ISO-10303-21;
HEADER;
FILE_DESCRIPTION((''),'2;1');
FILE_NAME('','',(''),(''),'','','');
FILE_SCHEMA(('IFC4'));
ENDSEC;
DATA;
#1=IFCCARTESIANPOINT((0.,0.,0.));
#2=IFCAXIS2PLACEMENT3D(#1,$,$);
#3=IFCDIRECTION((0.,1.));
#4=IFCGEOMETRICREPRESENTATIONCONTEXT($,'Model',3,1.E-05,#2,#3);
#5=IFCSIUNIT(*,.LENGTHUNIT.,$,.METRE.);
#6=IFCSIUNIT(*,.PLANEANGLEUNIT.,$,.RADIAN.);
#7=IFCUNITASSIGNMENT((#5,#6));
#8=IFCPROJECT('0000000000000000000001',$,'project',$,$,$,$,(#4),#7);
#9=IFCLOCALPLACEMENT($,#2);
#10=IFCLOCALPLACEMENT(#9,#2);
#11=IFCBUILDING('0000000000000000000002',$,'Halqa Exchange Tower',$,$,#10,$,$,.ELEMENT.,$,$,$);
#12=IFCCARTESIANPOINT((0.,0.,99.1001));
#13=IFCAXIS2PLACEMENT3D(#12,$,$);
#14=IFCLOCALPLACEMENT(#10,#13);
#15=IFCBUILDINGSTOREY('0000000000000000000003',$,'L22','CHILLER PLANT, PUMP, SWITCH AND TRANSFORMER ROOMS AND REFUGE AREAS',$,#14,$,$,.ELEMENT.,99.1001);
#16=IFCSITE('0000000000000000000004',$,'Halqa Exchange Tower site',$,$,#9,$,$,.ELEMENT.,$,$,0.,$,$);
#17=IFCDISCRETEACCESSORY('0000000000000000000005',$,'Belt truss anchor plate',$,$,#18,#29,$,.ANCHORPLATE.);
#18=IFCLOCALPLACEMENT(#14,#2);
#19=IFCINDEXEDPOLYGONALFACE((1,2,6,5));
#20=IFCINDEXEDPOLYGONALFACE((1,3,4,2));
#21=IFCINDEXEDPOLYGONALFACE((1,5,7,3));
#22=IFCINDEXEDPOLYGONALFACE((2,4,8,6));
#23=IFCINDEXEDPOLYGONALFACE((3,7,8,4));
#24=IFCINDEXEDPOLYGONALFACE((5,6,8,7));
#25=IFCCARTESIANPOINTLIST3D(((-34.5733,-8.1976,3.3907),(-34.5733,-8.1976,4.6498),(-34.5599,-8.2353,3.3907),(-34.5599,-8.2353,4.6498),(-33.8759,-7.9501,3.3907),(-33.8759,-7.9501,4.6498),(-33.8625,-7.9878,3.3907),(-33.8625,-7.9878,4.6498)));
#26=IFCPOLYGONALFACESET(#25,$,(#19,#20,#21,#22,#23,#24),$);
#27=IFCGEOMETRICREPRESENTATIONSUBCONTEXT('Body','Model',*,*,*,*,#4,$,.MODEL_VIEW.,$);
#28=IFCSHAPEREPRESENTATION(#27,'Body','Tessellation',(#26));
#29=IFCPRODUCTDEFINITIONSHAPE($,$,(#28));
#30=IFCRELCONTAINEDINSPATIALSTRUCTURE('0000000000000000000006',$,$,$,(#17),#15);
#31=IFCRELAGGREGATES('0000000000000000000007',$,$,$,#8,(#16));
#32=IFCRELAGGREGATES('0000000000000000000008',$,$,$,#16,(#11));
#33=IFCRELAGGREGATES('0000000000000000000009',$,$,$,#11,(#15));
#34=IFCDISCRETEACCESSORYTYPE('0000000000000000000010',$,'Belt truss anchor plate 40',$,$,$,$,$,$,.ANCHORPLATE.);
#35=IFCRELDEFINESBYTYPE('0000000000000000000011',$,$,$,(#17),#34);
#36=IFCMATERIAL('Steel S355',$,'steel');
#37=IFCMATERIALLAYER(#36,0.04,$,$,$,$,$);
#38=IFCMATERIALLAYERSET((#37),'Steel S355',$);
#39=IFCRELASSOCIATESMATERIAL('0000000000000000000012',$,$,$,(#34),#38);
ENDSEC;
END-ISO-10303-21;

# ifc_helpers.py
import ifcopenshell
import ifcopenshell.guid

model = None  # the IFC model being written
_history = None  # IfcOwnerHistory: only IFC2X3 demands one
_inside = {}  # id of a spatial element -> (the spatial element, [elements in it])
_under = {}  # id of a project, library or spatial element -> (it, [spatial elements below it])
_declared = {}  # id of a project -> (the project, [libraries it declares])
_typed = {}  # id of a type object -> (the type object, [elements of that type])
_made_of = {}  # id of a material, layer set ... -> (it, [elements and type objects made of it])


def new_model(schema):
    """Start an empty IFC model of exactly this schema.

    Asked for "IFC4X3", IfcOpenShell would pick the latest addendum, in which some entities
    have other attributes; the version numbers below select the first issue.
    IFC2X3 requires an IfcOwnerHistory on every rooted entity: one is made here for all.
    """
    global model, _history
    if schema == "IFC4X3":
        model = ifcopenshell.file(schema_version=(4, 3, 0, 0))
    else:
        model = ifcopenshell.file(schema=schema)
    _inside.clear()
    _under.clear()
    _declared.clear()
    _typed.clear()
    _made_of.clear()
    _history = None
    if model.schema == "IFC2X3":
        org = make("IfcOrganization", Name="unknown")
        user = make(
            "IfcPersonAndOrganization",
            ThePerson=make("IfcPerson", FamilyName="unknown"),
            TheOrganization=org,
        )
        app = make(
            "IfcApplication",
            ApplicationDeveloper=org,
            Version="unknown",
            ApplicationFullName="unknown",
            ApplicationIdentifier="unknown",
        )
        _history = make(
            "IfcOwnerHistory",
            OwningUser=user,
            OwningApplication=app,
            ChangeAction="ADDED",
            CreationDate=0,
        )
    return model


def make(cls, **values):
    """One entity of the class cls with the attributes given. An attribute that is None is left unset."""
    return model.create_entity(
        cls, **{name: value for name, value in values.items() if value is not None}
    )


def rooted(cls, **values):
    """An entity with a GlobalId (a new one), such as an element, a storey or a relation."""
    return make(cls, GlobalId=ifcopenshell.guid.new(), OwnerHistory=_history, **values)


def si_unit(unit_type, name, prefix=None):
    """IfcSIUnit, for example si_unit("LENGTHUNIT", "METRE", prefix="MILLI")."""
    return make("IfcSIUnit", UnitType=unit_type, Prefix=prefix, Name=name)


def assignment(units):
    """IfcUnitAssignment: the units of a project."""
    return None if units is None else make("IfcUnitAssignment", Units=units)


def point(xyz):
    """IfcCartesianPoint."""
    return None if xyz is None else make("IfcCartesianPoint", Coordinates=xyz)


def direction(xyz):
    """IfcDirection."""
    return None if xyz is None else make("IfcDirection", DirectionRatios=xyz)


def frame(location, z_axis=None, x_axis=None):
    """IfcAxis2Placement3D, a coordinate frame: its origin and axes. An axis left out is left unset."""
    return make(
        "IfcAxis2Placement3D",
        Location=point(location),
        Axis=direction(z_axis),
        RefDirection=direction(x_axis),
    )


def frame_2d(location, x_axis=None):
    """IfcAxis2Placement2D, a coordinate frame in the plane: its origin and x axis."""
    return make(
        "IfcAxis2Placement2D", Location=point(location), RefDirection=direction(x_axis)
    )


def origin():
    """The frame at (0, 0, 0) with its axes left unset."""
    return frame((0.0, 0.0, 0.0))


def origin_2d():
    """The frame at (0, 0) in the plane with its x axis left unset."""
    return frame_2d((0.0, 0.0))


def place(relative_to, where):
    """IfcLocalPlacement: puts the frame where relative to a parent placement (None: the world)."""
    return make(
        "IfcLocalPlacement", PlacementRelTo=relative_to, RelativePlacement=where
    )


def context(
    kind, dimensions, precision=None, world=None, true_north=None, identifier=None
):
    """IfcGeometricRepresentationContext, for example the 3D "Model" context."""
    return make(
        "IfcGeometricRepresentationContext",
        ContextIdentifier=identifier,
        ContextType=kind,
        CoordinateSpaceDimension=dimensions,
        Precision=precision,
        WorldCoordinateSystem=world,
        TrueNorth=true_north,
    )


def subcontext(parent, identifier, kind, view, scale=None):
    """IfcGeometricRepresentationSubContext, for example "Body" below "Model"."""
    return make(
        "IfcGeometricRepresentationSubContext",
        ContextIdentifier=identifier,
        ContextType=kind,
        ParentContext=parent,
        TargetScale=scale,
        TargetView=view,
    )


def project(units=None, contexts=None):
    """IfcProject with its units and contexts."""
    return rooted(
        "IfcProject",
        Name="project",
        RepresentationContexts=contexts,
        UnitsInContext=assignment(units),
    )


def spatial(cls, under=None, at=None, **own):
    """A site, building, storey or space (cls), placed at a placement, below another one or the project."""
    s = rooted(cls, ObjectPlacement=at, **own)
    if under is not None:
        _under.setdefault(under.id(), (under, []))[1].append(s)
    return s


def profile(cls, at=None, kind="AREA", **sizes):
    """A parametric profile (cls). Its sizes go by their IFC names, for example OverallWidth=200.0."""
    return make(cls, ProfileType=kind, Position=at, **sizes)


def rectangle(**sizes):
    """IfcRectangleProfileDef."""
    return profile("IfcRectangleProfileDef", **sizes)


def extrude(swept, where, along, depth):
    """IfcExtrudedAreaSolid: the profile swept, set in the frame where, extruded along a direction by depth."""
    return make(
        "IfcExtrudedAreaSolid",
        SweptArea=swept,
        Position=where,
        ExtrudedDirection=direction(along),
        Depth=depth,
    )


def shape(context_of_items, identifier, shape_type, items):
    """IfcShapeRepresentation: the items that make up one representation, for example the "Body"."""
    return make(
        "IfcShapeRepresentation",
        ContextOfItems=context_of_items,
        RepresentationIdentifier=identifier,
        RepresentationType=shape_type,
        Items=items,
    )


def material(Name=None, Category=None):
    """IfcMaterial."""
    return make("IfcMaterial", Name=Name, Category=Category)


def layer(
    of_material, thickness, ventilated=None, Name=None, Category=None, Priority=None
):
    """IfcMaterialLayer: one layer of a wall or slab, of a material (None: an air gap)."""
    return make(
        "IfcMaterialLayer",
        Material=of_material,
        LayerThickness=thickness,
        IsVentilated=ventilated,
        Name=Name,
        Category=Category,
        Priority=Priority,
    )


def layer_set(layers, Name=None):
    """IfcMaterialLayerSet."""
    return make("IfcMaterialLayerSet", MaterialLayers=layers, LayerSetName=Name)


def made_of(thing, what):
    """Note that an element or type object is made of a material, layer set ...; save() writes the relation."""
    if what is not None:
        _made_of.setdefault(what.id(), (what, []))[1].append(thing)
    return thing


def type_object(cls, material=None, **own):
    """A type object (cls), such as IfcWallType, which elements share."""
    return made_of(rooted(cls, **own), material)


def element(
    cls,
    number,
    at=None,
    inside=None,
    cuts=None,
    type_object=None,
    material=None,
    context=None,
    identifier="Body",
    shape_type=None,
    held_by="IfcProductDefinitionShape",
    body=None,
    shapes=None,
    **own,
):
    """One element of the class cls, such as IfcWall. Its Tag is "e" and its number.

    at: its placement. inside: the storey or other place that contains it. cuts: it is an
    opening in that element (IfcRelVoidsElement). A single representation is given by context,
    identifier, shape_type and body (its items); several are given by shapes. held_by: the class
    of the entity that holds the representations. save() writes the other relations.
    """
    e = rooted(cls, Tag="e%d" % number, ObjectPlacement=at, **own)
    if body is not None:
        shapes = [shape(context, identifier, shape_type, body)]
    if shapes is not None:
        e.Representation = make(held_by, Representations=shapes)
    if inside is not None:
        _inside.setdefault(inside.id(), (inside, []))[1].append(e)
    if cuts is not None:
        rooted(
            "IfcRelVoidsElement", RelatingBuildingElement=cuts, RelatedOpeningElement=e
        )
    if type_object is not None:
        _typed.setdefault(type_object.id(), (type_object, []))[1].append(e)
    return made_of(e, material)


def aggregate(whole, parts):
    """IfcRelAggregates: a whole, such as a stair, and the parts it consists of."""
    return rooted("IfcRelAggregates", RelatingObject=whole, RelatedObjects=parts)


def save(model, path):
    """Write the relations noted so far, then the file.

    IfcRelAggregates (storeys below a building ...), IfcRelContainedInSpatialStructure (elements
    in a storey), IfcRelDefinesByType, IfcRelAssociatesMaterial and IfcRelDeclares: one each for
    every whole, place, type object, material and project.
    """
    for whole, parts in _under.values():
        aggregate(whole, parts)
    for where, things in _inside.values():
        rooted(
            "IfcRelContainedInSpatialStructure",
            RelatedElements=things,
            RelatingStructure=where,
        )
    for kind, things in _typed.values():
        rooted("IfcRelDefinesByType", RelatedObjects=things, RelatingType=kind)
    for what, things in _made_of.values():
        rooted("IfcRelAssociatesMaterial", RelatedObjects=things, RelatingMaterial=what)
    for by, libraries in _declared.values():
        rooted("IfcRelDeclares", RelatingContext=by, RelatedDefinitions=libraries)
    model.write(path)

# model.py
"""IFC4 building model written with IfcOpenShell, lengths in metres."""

from ifc_helpers import new_model, si_unit, direction, frame, origin, origin_2d, place, context, subcontext, project, spatial, rectangle, extrude, material, layer, layer_set, type_object, element, save


model = new_model("IFC4")

# Units and contexts
model_context = context("Model", 3, precision=1e-05, world=origin(), true_north=direction((0.0, 1.0)))
body_context = subcontext(model_context, "Body", "Model", "MODEL_VIEW")
ifc_project = project(units=[si_unit("LENGTHUNIT", "METRE"), si_unit("PLANEANGLEUNIT", "RADIAN")], contexts=[model_context])

# Site, building, storey
site_placement = place(None, origin())
site = spatial("IfcSite", under=ifc_project, at=site_placement, Name="Halqa Exchange Tower site", CompositionType="ELEMENT", RefElevation=0.0)
building_placement = place(site_placement, origin())
building = spatial("IfcBuilding", under=site, at=building_placement, Name="Halqa Exchange Tower", CompositionType="ELEMENT")
storey_placement = place(building_placement, frame((0.0, 0.0, 99.1001)))
storey = spatial("IfcBuildingStorey", under=building, at=storey_placement, Name="L22", Description="CHILLER PLANT, PUMP, SWITCH AND TRANSFORMER ROOMS AND REFUGE AREAS", CompositionType="ELEMENT", Elevation=99.1001)

# Shared definitions
ifc_material_1 = material(Name="Steel S355", Category="steel")

# Discrete accessory
ifc_layer_1 = layer(ifc_material_1, 0.04)
ifc_layer_set_1 = layer_set([ifc_layer_1], Name="Steel S355")
discrete_accessory_type = type_object("IfcDiscreteAccessoryType", Name="Belt truss anchor plate 40", PredefinedType="ANCHORPLATE", material=ifc_layer_set_1)
discrete_accessory_1_placement = place(storey_placement, frame((-34.2112, -8.1116, 4.0203), z_axis=(-0.33441, 0.942428, 0.0), x_axis=(-0.942428, -0.33441, 0.0)))
element("IfcDiscreteAccessory", 1, at=discrete_accessory_1_placement, inside=storey, type_object=discrete_accessory_type, Name="Belt truss anchor plate", PredefinedType="ANCHORPLATE", context=body_context, shape_type="SweptSolid", body=[
    extrude(rectangle(XDim=0.74, YDim=1.259, at=origin_2d()), origin(), (0.0, 0.0, 1.0), 0.04),
])

save(model, "model.ifc")
